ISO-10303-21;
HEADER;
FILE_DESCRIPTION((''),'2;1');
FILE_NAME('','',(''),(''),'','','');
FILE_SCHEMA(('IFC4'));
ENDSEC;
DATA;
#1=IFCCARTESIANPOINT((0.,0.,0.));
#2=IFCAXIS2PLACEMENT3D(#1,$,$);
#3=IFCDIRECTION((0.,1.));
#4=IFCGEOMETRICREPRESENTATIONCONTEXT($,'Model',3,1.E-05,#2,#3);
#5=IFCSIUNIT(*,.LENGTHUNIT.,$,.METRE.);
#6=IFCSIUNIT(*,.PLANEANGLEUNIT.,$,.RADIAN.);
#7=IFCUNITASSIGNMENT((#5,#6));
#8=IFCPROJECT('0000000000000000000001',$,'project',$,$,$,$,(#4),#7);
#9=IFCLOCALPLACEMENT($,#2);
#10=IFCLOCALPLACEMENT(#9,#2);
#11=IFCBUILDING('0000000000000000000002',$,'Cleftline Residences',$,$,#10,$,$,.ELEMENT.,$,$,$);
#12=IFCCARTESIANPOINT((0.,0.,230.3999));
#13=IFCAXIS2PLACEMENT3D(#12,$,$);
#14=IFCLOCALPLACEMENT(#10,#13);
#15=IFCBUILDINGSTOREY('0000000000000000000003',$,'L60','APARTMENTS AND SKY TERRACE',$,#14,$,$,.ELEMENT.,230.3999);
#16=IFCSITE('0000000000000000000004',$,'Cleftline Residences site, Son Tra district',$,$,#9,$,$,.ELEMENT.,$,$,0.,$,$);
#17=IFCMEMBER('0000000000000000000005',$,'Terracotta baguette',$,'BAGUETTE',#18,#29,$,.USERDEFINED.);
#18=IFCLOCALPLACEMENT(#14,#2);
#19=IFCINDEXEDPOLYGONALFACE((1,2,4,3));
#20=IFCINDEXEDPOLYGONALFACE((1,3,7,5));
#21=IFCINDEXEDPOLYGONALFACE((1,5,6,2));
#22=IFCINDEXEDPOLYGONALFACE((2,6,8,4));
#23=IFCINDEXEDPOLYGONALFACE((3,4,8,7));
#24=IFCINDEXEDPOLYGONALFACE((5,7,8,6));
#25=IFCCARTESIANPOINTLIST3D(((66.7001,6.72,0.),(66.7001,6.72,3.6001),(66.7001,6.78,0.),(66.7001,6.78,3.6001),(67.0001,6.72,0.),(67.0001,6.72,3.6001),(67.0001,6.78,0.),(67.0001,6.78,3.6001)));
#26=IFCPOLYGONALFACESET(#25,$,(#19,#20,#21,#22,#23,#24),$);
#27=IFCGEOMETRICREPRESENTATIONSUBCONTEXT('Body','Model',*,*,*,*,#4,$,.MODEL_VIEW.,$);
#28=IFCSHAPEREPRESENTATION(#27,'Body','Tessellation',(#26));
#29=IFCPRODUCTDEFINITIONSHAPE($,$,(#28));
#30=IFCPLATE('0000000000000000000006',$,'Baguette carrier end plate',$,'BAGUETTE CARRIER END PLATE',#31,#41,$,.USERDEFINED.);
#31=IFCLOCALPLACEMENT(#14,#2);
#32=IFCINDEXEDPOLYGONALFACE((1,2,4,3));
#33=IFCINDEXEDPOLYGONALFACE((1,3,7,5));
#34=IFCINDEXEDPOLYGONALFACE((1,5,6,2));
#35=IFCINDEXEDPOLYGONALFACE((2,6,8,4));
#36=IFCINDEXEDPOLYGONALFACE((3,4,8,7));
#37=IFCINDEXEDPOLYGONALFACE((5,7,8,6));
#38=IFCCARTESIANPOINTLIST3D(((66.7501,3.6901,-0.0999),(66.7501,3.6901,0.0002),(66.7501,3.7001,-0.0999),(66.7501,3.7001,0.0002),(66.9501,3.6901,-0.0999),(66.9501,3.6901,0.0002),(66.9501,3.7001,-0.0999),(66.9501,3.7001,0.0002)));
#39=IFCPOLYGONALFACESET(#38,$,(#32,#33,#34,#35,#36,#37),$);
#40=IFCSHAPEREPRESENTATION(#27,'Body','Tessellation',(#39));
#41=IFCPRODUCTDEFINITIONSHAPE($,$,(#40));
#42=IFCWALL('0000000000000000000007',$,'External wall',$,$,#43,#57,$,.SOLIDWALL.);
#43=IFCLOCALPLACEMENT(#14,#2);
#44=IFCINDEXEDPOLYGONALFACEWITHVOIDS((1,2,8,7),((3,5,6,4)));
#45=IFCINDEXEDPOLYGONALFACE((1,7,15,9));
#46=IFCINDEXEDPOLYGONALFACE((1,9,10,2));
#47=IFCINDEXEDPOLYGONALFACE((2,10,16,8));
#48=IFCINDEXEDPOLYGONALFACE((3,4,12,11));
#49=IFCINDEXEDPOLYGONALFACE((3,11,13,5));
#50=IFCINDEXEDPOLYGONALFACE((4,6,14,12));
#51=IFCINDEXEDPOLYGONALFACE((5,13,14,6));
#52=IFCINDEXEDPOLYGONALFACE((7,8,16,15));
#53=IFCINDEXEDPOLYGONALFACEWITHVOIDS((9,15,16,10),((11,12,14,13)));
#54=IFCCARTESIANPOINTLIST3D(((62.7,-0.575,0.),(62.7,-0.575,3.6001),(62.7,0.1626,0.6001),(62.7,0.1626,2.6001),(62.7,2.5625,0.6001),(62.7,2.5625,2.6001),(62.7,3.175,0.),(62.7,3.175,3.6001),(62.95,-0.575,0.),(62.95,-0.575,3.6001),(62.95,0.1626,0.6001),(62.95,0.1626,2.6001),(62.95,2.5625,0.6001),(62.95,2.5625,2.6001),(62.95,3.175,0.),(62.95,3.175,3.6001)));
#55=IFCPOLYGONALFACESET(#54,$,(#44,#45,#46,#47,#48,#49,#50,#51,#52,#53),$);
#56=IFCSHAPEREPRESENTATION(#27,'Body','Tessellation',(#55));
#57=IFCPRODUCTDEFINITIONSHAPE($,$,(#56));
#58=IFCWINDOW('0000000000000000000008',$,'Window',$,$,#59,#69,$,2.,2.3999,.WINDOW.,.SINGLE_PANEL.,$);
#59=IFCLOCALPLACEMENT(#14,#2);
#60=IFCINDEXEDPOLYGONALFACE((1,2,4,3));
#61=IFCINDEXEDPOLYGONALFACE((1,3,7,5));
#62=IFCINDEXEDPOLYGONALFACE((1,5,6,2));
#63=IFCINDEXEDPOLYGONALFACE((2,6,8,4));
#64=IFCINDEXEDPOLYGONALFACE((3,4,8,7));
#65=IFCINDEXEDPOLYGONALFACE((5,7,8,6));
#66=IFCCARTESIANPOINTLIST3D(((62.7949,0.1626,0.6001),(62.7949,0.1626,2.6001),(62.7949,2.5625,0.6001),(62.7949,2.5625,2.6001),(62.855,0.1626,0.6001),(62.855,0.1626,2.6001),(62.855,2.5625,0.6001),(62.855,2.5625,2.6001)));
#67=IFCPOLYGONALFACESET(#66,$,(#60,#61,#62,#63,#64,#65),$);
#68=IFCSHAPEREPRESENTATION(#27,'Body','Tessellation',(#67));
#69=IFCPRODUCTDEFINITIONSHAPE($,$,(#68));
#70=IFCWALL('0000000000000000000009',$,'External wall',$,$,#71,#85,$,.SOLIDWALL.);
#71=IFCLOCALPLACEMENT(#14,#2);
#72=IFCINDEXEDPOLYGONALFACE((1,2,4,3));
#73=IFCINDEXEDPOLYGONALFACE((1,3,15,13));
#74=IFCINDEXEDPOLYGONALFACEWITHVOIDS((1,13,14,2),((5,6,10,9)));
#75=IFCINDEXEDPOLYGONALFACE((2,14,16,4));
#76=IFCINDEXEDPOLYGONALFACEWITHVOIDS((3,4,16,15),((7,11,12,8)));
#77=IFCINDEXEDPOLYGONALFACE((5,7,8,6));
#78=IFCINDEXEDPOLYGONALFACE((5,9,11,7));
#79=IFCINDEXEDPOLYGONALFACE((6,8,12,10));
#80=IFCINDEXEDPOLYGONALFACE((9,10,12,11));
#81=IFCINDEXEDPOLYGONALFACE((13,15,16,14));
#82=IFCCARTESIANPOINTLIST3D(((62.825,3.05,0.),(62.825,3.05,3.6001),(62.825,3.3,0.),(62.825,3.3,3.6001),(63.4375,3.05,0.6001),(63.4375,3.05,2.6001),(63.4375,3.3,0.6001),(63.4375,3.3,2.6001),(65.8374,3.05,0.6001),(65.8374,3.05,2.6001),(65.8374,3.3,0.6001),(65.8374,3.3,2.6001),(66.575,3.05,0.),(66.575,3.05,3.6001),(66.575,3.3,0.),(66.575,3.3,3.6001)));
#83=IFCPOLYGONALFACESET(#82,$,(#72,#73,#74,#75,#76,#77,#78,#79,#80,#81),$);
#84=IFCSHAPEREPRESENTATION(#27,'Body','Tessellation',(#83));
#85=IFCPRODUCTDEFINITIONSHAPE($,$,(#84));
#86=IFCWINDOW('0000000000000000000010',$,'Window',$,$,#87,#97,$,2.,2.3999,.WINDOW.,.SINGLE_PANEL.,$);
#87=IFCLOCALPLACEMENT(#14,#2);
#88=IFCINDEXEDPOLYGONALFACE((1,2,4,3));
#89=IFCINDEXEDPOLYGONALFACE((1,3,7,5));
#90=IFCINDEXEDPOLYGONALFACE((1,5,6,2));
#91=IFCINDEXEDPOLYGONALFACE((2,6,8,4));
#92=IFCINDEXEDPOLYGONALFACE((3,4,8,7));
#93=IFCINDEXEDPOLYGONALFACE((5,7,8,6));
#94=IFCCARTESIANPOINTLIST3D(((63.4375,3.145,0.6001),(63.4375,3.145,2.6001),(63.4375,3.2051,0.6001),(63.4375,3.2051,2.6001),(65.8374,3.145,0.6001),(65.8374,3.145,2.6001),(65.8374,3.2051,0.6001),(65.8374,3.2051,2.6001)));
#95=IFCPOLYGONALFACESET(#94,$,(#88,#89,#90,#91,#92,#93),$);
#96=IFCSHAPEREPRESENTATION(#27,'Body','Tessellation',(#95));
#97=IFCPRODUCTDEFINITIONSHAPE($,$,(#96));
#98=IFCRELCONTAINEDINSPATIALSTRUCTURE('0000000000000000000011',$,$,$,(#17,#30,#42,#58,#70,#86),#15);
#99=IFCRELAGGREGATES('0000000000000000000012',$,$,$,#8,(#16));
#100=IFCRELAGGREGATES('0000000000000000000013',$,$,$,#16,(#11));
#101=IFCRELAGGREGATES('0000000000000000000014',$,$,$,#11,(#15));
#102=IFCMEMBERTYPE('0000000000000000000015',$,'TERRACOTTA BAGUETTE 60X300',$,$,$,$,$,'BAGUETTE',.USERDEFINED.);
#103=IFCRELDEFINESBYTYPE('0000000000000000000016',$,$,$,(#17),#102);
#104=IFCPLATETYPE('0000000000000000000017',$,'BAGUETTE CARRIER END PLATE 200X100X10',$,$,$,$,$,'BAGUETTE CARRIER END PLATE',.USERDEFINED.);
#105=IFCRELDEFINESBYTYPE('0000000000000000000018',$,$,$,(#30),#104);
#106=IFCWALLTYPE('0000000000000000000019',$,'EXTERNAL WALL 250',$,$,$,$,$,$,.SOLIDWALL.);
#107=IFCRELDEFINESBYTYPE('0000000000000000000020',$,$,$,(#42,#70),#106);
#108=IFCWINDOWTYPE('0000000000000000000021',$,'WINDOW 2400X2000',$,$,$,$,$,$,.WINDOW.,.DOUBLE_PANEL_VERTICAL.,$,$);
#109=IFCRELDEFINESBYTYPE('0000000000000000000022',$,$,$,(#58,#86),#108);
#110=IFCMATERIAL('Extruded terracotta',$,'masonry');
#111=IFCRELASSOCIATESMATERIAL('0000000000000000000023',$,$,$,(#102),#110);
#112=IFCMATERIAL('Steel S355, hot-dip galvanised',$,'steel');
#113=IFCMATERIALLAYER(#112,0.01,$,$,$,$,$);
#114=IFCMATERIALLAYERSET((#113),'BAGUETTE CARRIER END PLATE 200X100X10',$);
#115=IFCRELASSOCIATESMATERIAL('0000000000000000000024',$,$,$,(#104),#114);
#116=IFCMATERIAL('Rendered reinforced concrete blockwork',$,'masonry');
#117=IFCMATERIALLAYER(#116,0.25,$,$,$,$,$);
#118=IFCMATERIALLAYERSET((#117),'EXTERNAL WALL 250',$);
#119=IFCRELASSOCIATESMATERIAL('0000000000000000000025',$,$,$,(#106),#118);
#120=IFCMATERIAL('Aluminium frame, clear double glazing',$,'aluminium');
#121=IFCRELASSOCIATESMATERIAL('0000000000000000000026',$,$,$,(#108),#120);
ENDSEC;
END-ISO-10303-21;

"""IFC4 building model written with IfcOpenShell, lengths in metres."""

from ifc_helpers import new_model, si_unit, direction, frame, frame_2d, origin, origin_2d, place, context, subcontext, project, spatial, rectangle, extrude, material, layer, layer_set, material_profile, profile_set, type_object, element, fill, save


model = new_model("IFC4")

# Units and contexts
model_context = context("Model", 3, precision=1e-05, world=origin(), true_north=direction((0.0, 1.0)))
body_context = subcontext(model_context, "Body", "Model", "MODEL_VIEW")
ifc_project = project(units=[si_unit("LENGTHUNIT", "METRE"), si_unit("PLANEANGLEUNIT", "RADIAN")], contexts=[model_context])

# Site, building, storey
site_placement = place(None, origin())
site = spatial("IfcSite", under=ifc_project, at=site_placement, Name="Cleftline Residences site, Son Tra district", CompositionType="ELEMENT", RefElevation=0.0)
building_placement = place(site_placement, origin())
building = spatial("IfcBuilding", under=site, at=building_placement, Name="Cleftline Residences", CompositionType="ELEMENT")
storey_placement = place(building_placement, frame((0.0, 0.0, 230.3999)))
storey = spatial("IfcBuildingStorey", under=building, at=storey_placement, Name="L60", Description="APARTMENTS AND SKY TERRACE", CompositionType="ELEMENT", Elevation=230.3999)

# Member
ifc_material_1 = material(Name="Extruded terracotta", Category="masonry")
ifc_material_profile_1 = material_profile(ifc_material_1, rectangle(XDim=0.0601, YDim=0.3, at=origin_2d()))
ifc_profile_set_1 = profile_set([ifc_material_profile_1], Name="Extruded terracotta")
member_type_1 = type_object("IfcMemberType", Name="TERRACOTTA BAGUETTE 60X300", ElementType="BAGUETTE", PredefinedType="USERDEFINED", material=ifc_profile_set_1)
for number, where, z_axis, x_axis, name in (
    (1, (66.8501, 6.75, 0.0), (0.0, 0.0, 1.0), (0.0, 1.0, 0.0), "Terracotta baguette"),
):
    element("IfcMember", number, at=place(storey_placement, frame(where, z_axis=z_axis, x_axis=x_axis)), inside=storey, type_object=member_type_1, Name=name, ObjectType="BAGUETTE", PredefinedType="USERDEFINED", context=body_context, shape_type="SweptSolid", body=[
        extrude(rectangle(XDim=0.0601, YDim=0.3, at=origin_2d()), origin(), (0.0, 0.0, 1.0), 3.6001),
    ])

# Plate
ifc_material_2 = material(Name="Steel S355, hot-dip galvanised", Category="steel")
ifc_layer_1 = layer(ifc_material_2, 0.01)
ifc_layer_set_1 = layer_set([ifc_layer_1], Name="BAGUETTE CARRIER END PLATE 200X100X10")
plate_type = type_object("IfcPlateType", Name="BAGUETTE CARRIER END PLATE 200X100X10", ElementType="BAGUETTE CARRIER END PLATE", PredefinedType="USERDEFINED", material=ifc_layer_set_1)
plate_placement = place(storey_placement, frame((66.8501, 3.6951, -0.0999), z_axis=(0.0, 0.0, 1.0), x_axis=(1.0, 0.0, 0.0)))
element("IfcPlate", 2, at=plate_placement, inside=storey, type_object=plate_type, Name="Baguette carrier end plate", ObjectType="BAGUETTE CARRIER END PLATE", PredefinedType="USERDEFINED", context=body_context, shape_type="SweptSolid", body=[
    extrude(rectangle(XDim=0.2, YDim=0.01, at=origin_2d()), origin(), (0.0, 0.0, 1.0), 0.1001),
])

# Walls, openings, windows
ifc_material_3 = material(Name="Rendered reinforced concrete blockwork", Category="masonry")
ifc_layer_2 = layer(ifc_material_3, 0.25)
ifc_layer_set_2 = layer_set([ifc_layer_2], Name="EXTERNAL WALL 250")
wall_type_1 = type_object("IfcWallType", Name="EXTERNAL WALL 250", PredefinedType="SOLIDWALL", material=ifc_layer_set_2)
wall_1_placement = place(storey_placement, frame((62.825, -0.575, 0.0), z_axis=(0.0, 0.0, 1.0), x_axis=(0.0, 1.0, 0.0)))
wall_1 = element("IfcWall", 3, at=wall_1_placement, inside=storey, type_object=wall_type_1, Name="External wall", PredefinedType="SOLIDWALL", context=body_context, shape_type="SweptSolid", body=[
    extrude(rectangle(XDim=3.75, YDim=0.25, at=frame_2d((1.875, 0.0))), origin(), (0.0, 0.0, 1.0), 3.6001),
])
opening_1_placement = place(wall_1_placement, frame((0.7375, 0.0, 0.6001)))
opening_1 = element("IfcOpeningElement", 4, at=opening_1_placement, cuts=wall_1, PredefinedType="OPENING", context=body_context, shape_type="SweptSolid", body=[
    extrude(rectangle(XDim=2.3999, YDim=2.0, at=frame_2d((1.2, 1.0))), frame((0.0, 0.135, 0.0), z_axis=(0.0, -1.0, 0.0), x_axis=(1.0, 0.0, 0.0)), (0.0, 0.0, 1.0), 0.27),
])
ifc_material_4 = material(Name="Aluminium frame, clear double glazing", Category="aluminium")
window_type_1 = type_object("IfcWindowType", Name="WINDOW 2400X2000", PartitioningType="DOUBLE_PANEL_VERTICAL", PredefinedType="WINDOW", material=ifc_material_4)
window_1_placement = place(opening_1_placement, origin())
window_1 = element("IfcWindow", 5, at=window_1_placement, inside=storey, type_object=window_type_1, Name="Window", OverallHeight=2.0, OverallWidth=2.3999, PartitioningType="SINGLE_PANEL", PredefinedType="WINDOW", context=body_context, shape_type="SweptSolid", body=[
    extrude(rectangle(XDim=2.3999, YDim=2.0, at=frame_2d((1.2, 1.0))), frame((0.0, 0.03, 0.0), z_axis=(0.0, -1.0, 0.0), x_axis=(1.0, 0.0, 0.0)), (0.0, 0.0, 1.0), 0.0601),
])
fill(opening_1, window_1)
wall_2_placement = place(storey_placement, frame((62.825, 3.175, 0.0), z_axis=(0.0, 0.0, 1.0), x_axis=(1.0, 0.0, 0.0)))
wall_2 = element("IfcWall", 6, at=wall_2_placement, inside=storey, type_object=wall_type_1, Name="External wall", PredefinedType="SOLIDWALL", context=body_context, shape_type="SweptSolid", body=[
    extrude(rectangle(XDim=3.75, YDim=0.25, at=frame_2d((1.875, 0.0))), origin(), (0.0, 0.0, 1.0), 3.6001),
])
opening_2_placement = place(wall_2_placement, frame((0.6125, 0.0, 0.6001)))
opening_2 = element("IfcOpeningElement", 7, at=opening_2_placement, cuts=wall_2, PredefinedType="OPENING", context=body_context, shape_type="SweptSolid", body=[
    extrude(rectangle(XDim=2.3999, YDim=2.0, at=frame_2d((1.2, 1.0))), frame((0.0, 0.135, 0.0), z_axis=(0.0, -1.0, 0.0), x_axis=(1.0, 0.0, 0.0)), (0.0, 0.0, 1.0), 0.27),
])
window_2_placement = place(opening_2_placement, origin())
window_2 = element("IfcWindow", 8, at=window_2_placement, inside=storey, type_object=window_type_1, Name="Window", OverallHeight=2.0, OverallWidth=2.3999, PartitioningType="SINGLE_PANEL", PredefinedType="WINDOW", context=body_context, shape_type="SweptSolid", body=[
    extrude(rectangle(XDim=2.3999, YDim=2.0, at=frame_2d((1.2, 1.0))), frame((0.0, 0.03, 0.0), z_axis=(0.0, -1.0, 0.0), x_axis=(1.0, 0.0, 0.0)), (0.0, 0.0, 1.0), 0.0601),
])
fill(opening_2, window_2)

save(model, "model.ifc")
